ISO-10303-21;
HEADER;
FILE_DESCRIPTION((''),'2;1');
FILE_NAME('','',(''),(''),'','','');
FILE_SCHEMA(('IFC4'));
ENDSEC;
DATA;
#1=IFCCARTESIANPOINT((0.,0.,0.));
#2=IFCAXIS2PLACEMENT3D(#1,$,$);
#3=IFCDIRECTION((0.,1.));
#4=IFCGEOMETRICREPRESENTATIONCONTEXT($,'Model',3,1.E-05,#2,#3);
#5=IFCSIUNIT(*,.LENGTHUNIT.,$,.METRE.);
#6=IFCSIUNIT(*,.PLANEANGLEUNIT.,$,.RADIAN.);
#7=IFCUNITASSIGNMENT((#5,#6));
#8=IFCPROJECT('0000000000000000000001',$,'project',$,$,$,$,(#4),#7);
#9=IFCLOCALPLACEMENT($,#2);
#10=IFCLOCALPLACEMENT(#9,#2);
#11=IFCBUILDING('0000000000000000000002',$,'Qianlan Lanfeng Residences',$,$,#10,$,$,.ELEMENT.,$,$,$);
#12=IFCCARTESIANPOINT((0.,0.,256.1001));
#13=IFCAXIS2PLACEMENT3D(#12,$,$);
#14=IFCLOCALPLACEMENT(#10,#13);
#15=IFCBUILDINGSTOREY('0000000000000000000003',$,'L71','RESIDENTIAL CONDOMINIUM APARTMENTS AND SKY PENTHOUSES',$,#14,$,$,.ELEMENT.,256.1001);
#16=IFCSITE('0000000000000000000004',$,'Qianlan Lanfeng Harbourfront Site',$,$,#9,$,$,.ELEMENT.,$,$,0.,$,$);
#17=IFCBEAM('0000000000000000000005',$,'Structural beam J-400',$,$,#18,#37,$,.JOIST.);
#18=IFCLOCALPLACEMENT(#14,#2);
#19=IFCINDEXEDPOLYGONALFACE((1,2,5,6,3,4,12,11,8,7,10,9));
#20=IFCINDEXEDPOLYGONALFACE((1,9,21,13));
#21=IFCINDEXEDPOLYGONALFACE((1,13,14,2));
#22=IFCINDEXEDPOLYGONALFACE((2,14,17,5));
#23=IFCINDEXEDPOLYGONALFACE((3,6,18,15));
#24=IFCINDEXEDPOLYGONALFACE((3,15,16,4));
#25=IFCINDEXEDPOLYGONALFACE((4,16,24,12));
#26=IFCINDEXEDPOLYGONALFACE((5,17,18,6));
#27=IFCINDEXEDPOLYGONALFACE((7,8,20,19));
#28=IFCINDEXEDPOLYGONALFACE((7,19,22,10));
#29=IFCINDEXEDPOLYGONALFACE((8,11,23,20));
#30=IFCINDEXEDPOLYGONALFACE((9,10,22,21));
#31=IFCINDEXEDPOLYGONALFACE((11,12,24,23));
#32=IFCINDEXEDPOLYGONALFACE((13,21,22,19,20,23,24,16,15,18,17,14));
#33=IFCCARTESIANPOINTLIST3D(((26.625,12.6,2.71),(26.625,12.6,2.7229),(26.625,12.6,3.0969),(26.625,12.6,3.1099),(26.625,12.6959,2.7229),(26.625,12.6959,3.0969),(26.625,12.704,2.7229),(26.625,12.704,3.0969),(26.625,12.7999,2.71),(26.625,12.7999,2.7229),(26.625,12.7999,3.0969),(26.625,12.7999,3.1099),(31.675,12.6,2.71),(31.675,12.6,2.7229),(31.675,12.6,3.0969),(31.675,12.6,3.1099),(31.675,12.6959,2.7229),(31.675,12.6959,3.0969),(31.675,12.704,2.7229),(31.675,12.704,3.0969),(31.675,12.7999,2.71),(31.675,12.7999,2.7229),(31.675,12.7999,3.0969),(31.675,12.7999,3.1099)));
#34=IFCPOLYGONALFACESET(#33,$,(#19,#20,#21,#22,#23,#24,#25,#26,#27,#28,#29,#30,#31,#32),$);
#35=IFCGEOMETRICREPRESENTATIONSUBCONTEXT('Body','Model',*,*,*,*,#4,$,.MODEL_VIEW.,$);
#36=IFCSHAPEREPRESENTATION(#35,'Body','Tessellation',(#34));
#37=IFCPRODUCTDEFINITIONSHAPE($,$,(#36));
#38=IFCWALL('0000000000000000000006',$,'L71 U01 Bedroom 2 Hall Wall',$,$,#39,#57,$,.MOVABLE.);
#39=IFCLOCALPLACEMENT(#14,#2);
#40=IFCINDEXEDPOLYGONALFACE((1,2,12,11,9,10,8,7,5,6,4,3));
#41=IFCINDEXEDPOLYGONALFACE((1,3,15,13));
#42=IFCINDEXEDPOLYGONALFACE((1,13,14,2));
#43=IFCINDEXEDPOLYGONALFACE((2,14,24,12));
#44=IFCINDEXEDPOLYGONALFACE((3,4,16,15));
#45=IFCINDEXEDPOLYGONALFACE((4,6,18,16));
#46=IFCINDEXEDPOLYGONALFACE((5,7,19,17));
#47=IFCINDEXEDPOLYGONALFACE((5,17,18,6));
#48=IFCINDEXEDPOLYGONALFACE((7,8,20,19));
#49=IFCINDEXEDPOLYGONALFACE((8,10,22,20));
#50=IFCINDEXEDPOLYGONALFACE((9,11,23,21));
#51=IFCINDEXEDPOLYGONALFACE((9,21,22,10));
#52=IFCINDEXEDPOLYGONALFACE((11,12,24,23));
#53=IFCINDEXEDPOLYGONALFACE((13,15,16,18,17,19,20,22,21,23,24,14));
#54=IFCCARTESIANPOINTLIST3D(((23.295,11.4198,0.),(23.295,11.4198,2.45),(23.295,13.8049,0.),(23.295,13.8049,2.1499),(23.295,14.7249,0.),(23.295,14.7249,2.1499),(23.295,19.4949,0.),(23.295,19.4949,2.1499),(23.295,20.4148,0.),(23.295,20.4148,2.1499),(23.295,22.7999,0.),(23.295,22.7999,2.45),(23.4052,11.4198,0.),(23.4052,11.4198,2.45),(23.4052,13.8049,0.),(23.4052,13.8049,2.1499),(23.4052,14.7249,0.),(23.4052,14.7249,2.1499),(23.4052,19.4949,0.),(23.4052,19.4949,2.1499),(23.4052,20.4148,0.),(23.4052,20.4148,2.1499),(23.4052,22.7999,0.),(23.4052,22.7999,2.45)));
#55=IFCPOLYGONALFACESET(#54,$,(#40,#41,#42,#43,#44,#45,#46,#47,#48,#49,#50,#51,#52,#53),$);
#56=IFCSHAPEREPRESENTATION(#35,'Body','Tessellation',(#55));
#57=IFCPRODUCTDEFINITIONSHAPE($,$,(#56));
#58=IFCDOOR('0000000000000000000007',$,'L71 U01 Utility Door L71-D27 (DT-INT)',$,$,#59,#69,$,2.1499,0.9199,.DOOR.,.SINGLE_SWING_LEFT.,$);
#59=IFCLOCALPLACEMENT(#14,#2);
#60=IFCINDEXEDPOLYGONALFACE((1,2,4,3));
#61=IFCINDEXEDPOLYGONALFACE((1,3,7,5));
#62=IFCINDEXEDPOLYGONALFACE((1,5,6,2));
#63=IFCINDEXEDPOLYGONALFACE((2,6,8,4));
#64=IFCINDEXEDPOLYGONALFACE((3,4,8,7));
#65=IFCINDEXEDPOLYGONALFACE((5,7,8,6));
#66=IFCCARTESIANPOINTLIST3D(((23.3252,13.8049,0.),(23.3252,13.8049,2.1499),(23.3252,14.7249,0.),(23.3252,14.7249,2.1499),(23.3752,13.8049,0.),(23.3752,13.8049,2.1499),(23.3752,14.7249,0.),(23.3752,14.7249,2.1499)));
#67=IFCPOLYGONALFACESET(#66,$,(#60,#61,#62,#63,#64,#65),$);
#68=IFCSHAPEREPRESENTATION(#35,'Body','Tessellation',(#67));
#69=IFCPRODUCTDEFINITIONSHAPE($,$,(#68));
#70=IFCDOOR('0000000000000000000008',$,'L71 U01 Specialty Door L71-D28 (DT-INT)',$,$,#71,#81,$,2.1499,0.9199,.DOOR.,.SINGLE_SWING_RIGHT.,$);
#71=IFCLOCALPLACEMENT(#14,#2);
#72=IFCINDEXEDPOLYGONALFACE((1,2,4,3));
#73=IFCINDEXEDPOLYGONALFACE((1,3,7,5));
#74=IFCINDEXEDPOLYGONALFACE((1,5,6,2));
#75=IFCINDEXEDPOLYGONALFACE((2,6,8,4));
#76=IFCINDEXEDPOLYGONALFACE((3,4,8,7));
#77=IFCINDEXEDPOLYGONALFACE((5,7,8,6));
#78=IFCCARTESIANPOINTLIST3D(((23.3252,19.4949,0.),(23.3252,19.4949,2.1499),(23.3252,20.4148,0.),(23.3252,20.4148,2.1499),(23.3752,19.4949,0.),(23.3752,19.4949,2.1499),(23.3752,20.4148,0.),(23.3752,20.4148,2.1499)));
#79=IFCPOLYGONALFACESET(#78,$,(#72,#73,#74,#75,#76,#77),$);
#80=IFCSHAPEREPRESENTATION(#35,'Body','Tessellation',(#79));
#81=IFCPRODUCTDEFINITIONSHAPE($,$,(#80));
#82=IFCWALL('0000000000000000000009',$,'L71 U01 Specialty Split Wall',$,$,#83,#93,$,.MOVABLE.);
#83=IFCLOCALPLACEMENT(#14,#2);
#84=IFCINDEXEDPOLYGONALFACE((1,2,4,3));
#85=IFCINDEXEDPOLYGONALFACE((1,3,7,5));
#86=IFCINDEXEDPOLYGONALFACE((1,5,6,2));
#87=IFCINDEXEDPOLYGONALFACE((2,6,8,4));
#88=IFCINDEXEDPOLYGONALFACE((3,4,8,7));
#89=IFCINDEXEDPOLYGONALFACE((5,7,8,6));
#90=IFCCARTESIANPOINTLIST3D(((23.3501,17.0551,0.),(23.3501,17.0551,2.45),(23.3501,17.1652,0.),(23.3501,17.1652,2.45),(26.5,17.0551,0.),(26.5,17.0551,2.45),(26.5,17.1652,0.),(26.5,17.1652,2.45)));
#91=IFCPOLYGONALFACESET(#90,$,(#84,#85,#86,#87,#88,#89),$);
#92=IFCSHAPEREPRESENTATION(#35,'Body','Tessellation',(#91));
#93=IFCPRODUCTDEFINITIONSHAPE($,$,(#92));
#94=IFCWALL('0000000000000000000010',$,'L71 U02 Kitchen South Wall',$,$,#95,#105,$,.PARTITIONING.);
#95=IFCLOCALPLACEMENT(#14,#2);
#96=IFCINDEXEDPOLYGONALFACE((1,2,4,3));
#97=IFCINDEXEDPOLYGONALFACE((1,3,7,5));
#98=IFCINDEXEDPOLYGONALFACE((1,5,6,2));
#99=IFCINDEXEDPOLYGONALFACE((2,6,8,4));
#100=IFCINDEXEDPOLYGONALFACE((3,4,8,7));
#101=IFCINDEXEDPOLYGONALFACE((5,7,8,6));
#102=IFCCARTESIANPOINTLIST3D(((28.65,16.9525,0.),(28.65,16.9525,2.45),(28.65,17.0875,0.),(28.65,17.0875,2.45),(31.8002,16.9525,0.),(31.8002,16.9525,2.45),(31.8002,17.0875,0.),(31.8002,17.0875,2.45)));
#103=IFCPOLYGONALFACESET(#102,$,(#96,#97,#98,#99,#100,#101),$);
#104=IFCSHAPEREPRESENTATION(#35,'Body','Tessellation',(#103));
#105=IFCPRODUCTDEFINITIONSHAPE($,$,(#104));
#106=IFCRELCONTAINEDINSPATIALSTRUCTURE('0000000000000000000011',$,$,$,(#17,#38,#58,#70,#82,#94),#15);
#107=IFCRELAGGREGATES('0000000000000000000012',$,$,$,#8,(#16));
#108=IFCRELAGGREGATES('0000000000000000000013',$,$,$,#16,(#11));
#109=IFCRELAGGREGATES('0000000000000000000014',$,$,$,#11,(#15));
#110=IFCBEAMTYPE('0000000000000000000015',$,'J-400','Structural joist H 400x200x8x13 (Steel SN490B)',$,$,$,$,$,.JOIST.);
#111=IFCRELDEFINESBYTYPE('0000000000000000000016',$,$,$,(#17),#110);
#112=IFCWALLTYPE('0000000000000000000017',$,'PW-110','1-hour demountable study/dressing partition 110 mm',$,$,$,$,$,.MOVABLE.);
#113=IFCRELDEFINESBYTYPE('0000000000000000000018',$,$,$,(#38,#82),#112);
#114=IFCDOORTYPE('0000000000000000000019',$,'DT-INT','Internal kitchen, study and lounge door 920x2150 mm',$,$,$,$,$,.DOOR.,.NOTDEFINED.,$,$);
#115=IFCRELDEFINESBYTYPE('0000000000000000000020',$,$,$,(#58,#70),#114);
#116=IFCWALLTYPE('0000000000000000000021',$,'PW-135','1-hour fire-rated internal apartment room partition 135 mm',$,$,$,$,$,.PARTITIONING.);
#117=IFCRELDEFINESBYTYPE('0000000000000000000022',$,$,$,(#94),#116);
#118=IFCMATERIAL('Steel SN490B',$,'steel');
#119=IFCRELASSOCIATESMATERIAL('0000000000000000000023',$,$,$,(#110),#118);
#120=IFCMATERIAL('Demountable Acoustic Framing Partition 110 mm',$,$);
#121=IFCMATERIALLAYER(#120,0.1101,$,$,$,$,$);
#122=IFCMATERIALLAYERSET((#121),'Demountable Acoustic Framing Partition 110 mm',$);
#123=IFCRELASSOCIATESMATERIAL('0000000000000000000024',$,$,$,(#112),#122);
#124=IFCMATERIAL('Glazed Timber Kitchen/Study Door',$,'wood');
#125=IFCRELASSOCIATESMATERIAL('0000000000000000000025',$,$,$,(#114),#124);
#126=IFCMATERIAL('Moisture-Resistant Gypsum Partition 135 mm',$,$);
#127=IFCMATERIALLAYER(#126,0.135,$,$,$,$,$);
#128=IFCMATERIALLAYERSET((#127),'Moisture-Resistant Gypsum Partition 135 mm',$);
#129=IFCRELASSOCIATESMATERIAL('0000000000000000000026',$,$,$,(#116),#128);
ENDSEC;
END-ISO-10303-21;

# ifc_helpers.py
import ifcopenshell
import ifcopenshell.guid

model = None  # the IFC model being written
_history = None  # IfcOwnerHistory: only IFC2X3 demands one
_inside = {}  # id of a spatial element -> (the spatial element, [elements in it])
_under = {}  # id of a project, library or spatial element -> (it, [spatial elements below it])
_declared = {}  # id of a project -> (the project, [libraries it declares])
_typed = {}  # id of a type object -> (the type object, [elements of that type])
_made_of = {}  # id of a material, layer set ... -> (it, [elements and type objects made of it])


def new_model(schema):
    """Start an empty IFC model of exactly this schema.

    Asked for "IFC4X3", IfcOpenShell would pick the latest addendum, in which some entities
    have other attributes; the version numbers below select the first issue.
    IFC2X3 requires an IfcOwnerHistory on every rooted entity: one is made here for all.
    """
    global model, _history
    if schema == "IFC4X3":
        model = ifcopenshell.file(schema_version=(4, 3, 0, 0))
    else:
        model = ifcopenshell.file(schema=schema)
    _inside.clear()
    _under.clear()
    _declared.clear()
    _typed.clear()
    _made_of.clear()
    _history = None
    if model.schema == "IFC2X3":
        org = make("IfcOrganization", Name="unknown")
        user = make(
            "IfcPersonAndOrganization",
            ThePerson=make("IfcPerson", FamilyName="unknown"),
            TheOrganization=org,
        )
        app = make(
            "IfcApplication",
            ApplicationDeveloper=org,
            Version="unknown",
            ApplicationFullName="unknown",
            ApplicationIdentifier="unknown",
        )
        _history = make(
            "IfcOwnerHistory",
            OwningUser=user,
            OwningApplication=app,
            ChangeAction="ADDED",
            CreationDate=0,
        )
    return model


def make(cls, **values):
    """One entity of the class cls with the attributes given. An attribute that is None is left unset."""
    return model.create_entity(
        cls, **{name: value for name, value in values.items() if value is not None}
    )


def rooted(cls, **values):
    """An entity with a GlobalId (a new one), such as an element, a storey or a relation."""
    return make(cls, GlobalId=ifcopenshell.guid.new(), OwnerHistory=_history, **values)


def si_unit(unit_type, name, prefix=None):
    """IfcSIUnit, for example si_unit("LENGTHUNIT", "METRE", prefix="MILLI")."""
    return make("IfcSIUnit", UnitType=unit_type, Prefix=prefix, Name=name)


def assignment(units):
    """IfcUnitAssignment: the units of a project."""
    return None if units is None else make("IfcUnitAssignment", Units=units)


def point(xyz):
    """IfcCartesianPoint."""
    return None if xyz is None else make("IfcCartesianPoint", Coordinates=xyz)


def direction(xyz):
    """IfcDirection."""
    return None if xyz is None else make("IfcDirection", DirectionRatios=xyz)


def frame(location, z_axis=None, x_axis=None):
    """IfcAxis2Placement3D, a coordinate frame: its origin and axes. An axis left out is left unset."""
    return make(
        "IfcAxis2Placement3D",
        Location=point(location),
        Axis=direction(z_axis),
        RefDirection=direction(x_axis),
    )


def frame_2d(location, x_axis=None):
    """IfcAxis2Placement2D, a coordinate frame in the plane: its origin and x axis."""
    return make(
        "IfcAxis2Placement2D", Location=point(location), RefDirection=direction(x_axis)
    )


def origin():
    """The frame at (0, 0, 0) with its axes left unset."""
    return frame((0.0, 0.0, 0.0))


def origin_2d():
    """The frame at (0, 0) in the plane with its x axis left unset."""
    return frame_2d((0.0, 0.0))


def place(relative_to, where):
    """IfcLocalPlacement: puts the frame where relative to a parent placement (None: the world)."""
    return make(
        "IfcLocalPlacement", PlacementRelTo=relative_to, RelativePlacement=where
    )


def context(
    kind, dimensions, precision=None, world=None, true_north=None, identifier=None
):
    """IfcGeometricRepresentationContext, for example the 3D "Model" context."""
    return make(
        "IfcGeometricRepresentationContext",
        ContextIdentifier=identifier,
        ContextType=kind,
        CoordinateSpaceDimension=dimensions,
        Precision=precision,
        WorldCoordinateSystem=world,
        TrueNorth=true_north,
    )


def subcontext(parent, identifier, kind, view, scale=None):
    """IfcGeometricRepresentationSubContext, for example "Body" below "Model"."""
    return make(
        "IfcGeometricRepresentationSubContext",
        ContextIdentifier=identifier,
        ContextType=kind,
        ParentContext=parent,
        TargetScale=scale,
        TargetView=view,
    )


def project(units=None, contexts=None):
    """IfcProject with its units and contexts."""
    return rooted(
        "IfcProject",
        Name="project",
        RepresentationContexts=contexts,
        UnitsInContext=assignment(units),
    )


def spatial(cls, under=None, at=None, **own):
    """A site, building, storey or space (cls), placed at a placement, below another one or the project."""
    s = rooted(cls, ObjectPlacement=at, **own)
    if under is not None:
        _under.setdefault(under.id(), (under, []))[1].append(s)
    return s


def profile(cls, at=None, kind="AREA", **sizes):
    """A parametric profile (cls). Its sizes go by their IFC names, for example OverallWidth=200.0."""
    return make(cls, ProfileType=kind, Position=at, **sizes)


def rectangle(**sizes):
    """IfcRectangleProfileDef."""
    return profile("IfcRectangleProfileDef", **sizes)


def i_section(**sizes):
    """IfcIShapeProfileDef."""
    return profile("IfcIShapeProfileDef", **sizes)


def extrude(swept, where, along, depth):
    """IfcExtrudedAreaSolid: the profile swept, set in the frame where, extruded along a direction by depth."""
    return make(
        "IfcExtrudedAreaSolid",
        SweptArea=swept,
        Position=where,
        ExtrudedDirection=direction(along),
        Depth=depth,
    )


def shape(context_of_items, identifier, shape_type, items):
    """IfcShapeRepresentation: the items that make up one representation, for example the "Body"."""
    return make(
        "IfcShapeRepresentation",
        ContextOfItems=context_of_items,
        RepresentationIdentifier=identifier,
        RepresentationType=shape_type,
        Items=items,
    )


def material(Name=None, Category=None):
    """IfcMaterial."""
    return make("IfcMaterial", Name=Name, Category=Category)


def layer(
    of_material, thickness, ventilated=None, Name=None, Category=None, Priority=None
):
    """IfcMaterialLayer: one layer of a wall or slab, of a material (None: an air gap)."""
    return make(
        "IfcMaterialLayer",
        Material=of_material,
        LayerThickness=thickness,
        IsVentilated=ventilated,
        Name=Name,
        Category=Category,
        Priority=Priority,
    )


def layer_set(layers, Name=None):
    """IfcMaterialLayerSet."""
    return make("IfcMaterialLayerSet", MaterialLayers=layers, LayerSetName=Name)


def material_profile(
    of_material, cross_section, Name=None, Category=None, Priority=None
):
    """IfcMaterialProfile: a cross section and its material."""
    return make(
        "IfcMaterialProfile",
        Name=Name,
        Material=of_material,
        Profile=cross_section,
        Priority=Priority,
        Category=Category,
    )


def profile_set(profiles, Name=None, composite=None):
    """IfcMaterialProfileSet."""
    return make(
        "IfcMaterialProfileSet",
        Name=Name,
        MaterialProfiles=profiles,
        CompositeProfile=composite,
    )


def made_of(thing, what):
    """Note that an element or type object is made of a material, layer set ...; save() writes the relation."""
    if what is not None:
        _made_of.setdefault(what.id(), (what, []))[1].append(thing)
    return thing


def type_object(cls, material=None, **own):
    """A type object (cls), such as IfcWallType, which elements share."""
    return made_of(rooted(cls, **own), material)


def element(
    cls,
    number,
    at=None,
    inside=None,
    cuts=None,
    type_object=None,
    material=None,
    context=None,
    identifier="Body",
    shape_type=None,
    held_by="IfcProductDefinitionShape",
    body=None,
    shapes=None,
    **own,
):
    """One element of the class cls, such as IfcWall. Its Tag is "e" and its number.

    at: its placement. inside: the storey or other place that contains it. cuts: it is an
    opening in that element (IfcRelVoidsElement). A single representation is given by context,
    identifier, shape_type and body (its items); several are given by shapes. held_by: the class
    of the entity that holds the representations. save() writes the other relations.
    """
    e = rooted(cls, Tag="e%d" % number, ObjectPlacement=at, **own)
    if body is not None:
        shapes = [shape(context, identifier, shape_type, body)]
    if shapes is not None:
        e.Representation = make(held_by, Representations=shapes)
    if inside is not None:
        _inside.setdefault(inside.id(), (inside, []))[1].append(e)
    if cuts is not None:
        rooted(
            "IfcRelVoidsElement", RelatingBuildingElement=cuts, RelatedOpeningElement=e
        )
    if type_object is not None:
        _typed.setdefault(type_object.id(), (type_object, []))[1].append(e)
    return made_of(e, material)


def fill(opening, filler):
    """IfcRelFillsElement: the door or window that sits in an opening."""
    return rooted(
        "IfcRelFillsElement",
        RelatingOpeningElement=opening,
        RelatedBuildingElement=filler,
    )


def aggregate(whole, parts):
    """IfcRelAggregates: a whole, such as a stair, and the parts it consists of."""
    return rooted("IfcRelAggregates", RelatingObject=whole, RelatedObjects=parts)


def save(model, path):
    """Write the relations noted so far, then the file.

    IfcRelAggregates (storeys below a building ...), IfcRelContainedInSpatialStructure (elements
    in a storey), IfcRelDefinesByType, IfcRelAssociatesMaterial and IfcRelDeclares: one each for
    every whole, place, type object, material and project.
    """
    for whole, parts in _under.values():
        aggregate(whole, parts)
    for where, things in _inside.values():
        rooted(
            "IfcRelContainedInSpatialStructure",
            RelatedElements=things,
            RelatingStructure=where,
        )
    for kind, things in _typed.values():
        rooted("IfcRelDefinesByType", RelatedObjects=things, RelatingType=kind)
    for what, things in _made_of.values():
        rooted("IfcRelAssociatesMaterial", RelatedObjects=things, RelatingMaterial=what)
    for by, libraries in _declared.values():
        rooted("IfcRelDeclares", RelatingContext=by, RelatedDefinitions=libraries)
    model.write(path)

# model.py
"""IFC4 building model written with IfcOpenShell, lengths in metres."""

from ifc_helpers import new_model, si_unit, direction, frame, frame_2d, origin, origin_2d, place, context, subcontext, project, spatial, rectangle, i_section, extrude, material, layer, layer_set, material_profile, profile_set, type_object, element, fill, save


model = new_model("IFC4")

# Units and contexts
model_context = context("Model", 3, precision=1e-05, world=origin(), true_north=direction((0.0, 1.0)))
body_context = subcontext(model_context, "Body", "Model", "MODEL_VIEW")
ifc_project = project(units=[si_unit("LENGTHUNIT", "METRE"), si_unit("PLANEANGLEUNIT", "RADIAN")], contexts=[model_context])

# Site, building, storey
site_placement = place(None, origin())
site = spatial("IfcSite", under=ifc_project, at=site_placement, Name="Qianlan Lanfeng Harbourfront Site", CompositionType="ELEMENT", RefElevation=0.0)
building_placement = place(site_placement, origin())
building = spatial("IfcBuilding", under=site, at=building_placement, Name="Qianlan Lanfeng Residences", CompositionType="ELEMENT")
storey_placement = place(building_placement, frame((0.0, 0.0, 256.1001)))
storey = spatial("IfcBuildingStorey", under=building, at=storey_placement, Name="L71", Description="RESIDENTIAL CONDOMINIUM APARTMENTS AND SKY PENTHOUSES", CompositionType="ELEMENT", Elevation=256.1001)

# Shared definitions
ifc_material_1 = material(Name="Steel SN490B", Category="steel")

# Beam
ifc_material_profile_1 = material_profile(ifc_material_1, i_section(OverallWidth=0.2, OverallDepth=0.3999, WebThickness=0.0081, FlangeThickness=0.0129, at=origin_2d()), Name="H 400x200x8x13")
ifc_profile_set_1 = profile_set([ifc_material_profile_1], Name="Steel SN490B")
beam_type_1 = type_object("IfcBeamType", Name="J-400", Description="Structural joist H 400x200x8x13 (Steel SN490B)", PredefinedType="JOIST", material=ifc_profile_set_1)
for number, where, z_axis, x_axis, name in (
    (1, (26.625, 12.7, 2.9099), (1.0, 0.0, 0.0), (0.0, 1.0, 0.0), "Structural beam J-400"),
):
    element("IfcBeam", number, at=place(storey_placement, frame(where, z_axis=z_axis, x_axis=x_axis)), inside=storey, type_object=beam_type_1, Name=name, PredefinedType="JOIST", context=body_context, shape_type="SweptSolid", body=[
        extrude(i_section(OverallWidth=0.2, OverallDepth=0.3999, WebThickness=0.0081, FlangeThickness=0.0129, at=origin_2d()), origin(), (0.0, 0.0, 1.0), 5.05),
    ])

# Wall, openings, doors
ifc_material_2 = material(Name="Demountable Acoustic Framing Partition 110 mm")
ifc_layer_1 = layer(ifc_material_2, 0.1101)
ifc_layer_set_1 = layer_set([ifc_layer_1], Name="Demountable Acoustic Framing Partition 110 mm")
wall_type_1 = type_object("IfcWallType", Name="PW-110", Description="1-hour demountable study/dressing partition 110 mm", PredefinedType="MOVABLE", material=ifc_layer_set_1)
wall_1_placement = place(storey_placement, frame((23.3501, 11.4199, 0.0), z_axis=(0.0, 0.0, 1.0), x_axis=(0.0, 1.0, 0.0)))
wall_1 = element("IfcWall", 2, at=wall_1_placement, inside=storey, type_object=wall_type_1, Name="L71 U01 Bedroom 2 Hall Wall", PredefinedType="MOVABLE", context=body_context, shape_type="SweptSolid", body=[
    extrude(rectangle(XDim=11.3801, YDim=0.1101, at=frame_2d((5.6899, 0.0))), origin(), (0.0, 0.0, 1.0), 2.45),
])
opening_1_placement = place(wall_1_placement, frame((2.385, 0.0, 0.0)))
opening_1 = element("IfcOpeningElement", 3, at=opening_1_placement, cuts=wall_1, PredefinedType="OPENING", context=body_context, shape_type="SweptSolid", body=[
    extrude(rectangle(XDim=0.9199, YDim=2.1499, at=frame_2d((0.46, 1.075))), frame((0.0, 0.0649, 0.0), z_axis=(0.0, -1.0, 0.0), x_axis=(1.0, 0.0, 0.0)), (0.0, 0.0, 1.0), 0.1301),
])
opening_2_placement = place(wall_1_placement, frame((8.075, 0.0, 0.0)))
opening_2 = element("IfcOpeningElement", 4, at=opening_2_placement, cuts=wall_1, PredefinedType="OPENING", context=body_context, shape_type="SweptSolid", body=[
    extrude(rectangle(XDim=0.9199, YDim=2.1499, at=frame_2d((0.46, 1.075))), frame((0.0, 0.0649, 0.0), z_axis=(0.0, -1.0, 0.0), x_axis=(1.0, 0.0, 0.0)), (0.0, 0.0, 1.0), 0.1301),
])
ifc_material_3 = material(Name="Glazed Timber Kitchen/Study Door", Category="wood")
door_type_1 = type_object("IfcDoorType", Name="DT-INT", Description="Internal kitchen, study and lounge door 920x2150 mm", OperationType="NOTDEFINED", PredefinedType="DOOR", material=ifc_material_3)
door_1_placement = place(opening_1_placement, origin())
door_1 = element("IfcDoor", 5, at=door_1_placement, inside=storey, type_object=door_type_1, Name="L71 U01 Utility Door L71-D27 (DT-INT)", OperationType="SINGLE_SWING_LEFT", OverallHeight=2.1499, OverallWidth=0.9199, PredefinedType="DOOR", context=body_context, shape_type="SweptSolid", body=[
    extrude(rectangle(XDim=0.9199, YDim=2.1499, at=frame_2d((0.46, 1.075))), frame((0.0, 0.0249, 0.0), z_axis=(0.0, -1.0, 0.0), x_axis=(1.0, 0.0, 0.0)), (0.0, 0.0, 1.0), 0.05),
])
fill(opening_1, door_1)
door_2_placement = place(opening_2_placement, origin())
door_2 = element("IfcDoor", 6, at=door_2_placement, inside=storey, type_object=door_type_1, Name="L71 U01 Specialty Door L71-D28 (DT-INT)", OperationType="SINGLE_SWING_RIGHT", OverallHeight=2.1499, OverallWidth=0.9199, PredefinedType="DOOR", context=body_context, shape_type="SweptSolid", body=[
    extrude(rectangle(XDim=0.9199, YDim=2.1499, at=frame_2d((0.46, 1.075))), frame((0.0, 0.0249, 0.0), z_axis=(0.0, -1.0, 0.0), x_axis=(1.0, 0.0, 0.0)), (0.0, 0.0, 1.0), 0.05),
])
fill(opening_2, door_2)

# Wall
wall_2_placement = place(storey_placement, frame((23.3501, 17.1101, 0.0), z_axis=(0.0, 0.0, 1.0), x_axis=(1.0, 0.0, 0.0)))
element("IfcWall", 7, at=wall_2_placement, inside=storey, type_object=wall_type_1, Name="L71 U01 Specialty Split Wall", PredefinedType="MOVABLE", context=body_context, shape_type="SweptSolid", body=[
    extrude(rectangle(XDim=3.1499, YDim=0.1101, at=frame_2d((1.575, 0.0))), origin(), (0.0, 0.0, 1.0), 2.45),
])

# Shared definitions
ifc_material_4 = material(Name="Moisture-Resistant Gypsum Partition 135 mm")
ifc_layer_2 = layer(ifc_material_4, 0.135)
ifc_layer_set_2 = layer_set([ifc_layer_2], Name="Moisture-Resistant Gypsum Partition 135 mm")
wall_type_2 = type_object("IfcWallType", Name="PW-135", Description="1-hour fire-rated internal apartment room partition 135 mm", PredefinedType="PARTITIONING", material=ifc_layer_set_2)

# Wall
wall_3_placement = place(storey_placement, frame((28.6499, 17.02, 0.0), z_axis=(0.0, 0.0, 1.0), x_axis=(1.0, 0.0, 0.0)))
element("IfcWall", 8, at=wall_3_placement, inside=storey, type_object=wall_type_2, Name="L71 U02 Kitchen South Wall", PredefinedType="PARTITIONING", context=body_context, shape_type="SweptSolid", body=[
    extrude(rectangle(XDim=3.1501, YDim=0.135, at=frame_2d((1.5752, 0.0))), origin(), (0.0, 0.0, 1.0), 2.45),
])

save(model, "model.ifc")
